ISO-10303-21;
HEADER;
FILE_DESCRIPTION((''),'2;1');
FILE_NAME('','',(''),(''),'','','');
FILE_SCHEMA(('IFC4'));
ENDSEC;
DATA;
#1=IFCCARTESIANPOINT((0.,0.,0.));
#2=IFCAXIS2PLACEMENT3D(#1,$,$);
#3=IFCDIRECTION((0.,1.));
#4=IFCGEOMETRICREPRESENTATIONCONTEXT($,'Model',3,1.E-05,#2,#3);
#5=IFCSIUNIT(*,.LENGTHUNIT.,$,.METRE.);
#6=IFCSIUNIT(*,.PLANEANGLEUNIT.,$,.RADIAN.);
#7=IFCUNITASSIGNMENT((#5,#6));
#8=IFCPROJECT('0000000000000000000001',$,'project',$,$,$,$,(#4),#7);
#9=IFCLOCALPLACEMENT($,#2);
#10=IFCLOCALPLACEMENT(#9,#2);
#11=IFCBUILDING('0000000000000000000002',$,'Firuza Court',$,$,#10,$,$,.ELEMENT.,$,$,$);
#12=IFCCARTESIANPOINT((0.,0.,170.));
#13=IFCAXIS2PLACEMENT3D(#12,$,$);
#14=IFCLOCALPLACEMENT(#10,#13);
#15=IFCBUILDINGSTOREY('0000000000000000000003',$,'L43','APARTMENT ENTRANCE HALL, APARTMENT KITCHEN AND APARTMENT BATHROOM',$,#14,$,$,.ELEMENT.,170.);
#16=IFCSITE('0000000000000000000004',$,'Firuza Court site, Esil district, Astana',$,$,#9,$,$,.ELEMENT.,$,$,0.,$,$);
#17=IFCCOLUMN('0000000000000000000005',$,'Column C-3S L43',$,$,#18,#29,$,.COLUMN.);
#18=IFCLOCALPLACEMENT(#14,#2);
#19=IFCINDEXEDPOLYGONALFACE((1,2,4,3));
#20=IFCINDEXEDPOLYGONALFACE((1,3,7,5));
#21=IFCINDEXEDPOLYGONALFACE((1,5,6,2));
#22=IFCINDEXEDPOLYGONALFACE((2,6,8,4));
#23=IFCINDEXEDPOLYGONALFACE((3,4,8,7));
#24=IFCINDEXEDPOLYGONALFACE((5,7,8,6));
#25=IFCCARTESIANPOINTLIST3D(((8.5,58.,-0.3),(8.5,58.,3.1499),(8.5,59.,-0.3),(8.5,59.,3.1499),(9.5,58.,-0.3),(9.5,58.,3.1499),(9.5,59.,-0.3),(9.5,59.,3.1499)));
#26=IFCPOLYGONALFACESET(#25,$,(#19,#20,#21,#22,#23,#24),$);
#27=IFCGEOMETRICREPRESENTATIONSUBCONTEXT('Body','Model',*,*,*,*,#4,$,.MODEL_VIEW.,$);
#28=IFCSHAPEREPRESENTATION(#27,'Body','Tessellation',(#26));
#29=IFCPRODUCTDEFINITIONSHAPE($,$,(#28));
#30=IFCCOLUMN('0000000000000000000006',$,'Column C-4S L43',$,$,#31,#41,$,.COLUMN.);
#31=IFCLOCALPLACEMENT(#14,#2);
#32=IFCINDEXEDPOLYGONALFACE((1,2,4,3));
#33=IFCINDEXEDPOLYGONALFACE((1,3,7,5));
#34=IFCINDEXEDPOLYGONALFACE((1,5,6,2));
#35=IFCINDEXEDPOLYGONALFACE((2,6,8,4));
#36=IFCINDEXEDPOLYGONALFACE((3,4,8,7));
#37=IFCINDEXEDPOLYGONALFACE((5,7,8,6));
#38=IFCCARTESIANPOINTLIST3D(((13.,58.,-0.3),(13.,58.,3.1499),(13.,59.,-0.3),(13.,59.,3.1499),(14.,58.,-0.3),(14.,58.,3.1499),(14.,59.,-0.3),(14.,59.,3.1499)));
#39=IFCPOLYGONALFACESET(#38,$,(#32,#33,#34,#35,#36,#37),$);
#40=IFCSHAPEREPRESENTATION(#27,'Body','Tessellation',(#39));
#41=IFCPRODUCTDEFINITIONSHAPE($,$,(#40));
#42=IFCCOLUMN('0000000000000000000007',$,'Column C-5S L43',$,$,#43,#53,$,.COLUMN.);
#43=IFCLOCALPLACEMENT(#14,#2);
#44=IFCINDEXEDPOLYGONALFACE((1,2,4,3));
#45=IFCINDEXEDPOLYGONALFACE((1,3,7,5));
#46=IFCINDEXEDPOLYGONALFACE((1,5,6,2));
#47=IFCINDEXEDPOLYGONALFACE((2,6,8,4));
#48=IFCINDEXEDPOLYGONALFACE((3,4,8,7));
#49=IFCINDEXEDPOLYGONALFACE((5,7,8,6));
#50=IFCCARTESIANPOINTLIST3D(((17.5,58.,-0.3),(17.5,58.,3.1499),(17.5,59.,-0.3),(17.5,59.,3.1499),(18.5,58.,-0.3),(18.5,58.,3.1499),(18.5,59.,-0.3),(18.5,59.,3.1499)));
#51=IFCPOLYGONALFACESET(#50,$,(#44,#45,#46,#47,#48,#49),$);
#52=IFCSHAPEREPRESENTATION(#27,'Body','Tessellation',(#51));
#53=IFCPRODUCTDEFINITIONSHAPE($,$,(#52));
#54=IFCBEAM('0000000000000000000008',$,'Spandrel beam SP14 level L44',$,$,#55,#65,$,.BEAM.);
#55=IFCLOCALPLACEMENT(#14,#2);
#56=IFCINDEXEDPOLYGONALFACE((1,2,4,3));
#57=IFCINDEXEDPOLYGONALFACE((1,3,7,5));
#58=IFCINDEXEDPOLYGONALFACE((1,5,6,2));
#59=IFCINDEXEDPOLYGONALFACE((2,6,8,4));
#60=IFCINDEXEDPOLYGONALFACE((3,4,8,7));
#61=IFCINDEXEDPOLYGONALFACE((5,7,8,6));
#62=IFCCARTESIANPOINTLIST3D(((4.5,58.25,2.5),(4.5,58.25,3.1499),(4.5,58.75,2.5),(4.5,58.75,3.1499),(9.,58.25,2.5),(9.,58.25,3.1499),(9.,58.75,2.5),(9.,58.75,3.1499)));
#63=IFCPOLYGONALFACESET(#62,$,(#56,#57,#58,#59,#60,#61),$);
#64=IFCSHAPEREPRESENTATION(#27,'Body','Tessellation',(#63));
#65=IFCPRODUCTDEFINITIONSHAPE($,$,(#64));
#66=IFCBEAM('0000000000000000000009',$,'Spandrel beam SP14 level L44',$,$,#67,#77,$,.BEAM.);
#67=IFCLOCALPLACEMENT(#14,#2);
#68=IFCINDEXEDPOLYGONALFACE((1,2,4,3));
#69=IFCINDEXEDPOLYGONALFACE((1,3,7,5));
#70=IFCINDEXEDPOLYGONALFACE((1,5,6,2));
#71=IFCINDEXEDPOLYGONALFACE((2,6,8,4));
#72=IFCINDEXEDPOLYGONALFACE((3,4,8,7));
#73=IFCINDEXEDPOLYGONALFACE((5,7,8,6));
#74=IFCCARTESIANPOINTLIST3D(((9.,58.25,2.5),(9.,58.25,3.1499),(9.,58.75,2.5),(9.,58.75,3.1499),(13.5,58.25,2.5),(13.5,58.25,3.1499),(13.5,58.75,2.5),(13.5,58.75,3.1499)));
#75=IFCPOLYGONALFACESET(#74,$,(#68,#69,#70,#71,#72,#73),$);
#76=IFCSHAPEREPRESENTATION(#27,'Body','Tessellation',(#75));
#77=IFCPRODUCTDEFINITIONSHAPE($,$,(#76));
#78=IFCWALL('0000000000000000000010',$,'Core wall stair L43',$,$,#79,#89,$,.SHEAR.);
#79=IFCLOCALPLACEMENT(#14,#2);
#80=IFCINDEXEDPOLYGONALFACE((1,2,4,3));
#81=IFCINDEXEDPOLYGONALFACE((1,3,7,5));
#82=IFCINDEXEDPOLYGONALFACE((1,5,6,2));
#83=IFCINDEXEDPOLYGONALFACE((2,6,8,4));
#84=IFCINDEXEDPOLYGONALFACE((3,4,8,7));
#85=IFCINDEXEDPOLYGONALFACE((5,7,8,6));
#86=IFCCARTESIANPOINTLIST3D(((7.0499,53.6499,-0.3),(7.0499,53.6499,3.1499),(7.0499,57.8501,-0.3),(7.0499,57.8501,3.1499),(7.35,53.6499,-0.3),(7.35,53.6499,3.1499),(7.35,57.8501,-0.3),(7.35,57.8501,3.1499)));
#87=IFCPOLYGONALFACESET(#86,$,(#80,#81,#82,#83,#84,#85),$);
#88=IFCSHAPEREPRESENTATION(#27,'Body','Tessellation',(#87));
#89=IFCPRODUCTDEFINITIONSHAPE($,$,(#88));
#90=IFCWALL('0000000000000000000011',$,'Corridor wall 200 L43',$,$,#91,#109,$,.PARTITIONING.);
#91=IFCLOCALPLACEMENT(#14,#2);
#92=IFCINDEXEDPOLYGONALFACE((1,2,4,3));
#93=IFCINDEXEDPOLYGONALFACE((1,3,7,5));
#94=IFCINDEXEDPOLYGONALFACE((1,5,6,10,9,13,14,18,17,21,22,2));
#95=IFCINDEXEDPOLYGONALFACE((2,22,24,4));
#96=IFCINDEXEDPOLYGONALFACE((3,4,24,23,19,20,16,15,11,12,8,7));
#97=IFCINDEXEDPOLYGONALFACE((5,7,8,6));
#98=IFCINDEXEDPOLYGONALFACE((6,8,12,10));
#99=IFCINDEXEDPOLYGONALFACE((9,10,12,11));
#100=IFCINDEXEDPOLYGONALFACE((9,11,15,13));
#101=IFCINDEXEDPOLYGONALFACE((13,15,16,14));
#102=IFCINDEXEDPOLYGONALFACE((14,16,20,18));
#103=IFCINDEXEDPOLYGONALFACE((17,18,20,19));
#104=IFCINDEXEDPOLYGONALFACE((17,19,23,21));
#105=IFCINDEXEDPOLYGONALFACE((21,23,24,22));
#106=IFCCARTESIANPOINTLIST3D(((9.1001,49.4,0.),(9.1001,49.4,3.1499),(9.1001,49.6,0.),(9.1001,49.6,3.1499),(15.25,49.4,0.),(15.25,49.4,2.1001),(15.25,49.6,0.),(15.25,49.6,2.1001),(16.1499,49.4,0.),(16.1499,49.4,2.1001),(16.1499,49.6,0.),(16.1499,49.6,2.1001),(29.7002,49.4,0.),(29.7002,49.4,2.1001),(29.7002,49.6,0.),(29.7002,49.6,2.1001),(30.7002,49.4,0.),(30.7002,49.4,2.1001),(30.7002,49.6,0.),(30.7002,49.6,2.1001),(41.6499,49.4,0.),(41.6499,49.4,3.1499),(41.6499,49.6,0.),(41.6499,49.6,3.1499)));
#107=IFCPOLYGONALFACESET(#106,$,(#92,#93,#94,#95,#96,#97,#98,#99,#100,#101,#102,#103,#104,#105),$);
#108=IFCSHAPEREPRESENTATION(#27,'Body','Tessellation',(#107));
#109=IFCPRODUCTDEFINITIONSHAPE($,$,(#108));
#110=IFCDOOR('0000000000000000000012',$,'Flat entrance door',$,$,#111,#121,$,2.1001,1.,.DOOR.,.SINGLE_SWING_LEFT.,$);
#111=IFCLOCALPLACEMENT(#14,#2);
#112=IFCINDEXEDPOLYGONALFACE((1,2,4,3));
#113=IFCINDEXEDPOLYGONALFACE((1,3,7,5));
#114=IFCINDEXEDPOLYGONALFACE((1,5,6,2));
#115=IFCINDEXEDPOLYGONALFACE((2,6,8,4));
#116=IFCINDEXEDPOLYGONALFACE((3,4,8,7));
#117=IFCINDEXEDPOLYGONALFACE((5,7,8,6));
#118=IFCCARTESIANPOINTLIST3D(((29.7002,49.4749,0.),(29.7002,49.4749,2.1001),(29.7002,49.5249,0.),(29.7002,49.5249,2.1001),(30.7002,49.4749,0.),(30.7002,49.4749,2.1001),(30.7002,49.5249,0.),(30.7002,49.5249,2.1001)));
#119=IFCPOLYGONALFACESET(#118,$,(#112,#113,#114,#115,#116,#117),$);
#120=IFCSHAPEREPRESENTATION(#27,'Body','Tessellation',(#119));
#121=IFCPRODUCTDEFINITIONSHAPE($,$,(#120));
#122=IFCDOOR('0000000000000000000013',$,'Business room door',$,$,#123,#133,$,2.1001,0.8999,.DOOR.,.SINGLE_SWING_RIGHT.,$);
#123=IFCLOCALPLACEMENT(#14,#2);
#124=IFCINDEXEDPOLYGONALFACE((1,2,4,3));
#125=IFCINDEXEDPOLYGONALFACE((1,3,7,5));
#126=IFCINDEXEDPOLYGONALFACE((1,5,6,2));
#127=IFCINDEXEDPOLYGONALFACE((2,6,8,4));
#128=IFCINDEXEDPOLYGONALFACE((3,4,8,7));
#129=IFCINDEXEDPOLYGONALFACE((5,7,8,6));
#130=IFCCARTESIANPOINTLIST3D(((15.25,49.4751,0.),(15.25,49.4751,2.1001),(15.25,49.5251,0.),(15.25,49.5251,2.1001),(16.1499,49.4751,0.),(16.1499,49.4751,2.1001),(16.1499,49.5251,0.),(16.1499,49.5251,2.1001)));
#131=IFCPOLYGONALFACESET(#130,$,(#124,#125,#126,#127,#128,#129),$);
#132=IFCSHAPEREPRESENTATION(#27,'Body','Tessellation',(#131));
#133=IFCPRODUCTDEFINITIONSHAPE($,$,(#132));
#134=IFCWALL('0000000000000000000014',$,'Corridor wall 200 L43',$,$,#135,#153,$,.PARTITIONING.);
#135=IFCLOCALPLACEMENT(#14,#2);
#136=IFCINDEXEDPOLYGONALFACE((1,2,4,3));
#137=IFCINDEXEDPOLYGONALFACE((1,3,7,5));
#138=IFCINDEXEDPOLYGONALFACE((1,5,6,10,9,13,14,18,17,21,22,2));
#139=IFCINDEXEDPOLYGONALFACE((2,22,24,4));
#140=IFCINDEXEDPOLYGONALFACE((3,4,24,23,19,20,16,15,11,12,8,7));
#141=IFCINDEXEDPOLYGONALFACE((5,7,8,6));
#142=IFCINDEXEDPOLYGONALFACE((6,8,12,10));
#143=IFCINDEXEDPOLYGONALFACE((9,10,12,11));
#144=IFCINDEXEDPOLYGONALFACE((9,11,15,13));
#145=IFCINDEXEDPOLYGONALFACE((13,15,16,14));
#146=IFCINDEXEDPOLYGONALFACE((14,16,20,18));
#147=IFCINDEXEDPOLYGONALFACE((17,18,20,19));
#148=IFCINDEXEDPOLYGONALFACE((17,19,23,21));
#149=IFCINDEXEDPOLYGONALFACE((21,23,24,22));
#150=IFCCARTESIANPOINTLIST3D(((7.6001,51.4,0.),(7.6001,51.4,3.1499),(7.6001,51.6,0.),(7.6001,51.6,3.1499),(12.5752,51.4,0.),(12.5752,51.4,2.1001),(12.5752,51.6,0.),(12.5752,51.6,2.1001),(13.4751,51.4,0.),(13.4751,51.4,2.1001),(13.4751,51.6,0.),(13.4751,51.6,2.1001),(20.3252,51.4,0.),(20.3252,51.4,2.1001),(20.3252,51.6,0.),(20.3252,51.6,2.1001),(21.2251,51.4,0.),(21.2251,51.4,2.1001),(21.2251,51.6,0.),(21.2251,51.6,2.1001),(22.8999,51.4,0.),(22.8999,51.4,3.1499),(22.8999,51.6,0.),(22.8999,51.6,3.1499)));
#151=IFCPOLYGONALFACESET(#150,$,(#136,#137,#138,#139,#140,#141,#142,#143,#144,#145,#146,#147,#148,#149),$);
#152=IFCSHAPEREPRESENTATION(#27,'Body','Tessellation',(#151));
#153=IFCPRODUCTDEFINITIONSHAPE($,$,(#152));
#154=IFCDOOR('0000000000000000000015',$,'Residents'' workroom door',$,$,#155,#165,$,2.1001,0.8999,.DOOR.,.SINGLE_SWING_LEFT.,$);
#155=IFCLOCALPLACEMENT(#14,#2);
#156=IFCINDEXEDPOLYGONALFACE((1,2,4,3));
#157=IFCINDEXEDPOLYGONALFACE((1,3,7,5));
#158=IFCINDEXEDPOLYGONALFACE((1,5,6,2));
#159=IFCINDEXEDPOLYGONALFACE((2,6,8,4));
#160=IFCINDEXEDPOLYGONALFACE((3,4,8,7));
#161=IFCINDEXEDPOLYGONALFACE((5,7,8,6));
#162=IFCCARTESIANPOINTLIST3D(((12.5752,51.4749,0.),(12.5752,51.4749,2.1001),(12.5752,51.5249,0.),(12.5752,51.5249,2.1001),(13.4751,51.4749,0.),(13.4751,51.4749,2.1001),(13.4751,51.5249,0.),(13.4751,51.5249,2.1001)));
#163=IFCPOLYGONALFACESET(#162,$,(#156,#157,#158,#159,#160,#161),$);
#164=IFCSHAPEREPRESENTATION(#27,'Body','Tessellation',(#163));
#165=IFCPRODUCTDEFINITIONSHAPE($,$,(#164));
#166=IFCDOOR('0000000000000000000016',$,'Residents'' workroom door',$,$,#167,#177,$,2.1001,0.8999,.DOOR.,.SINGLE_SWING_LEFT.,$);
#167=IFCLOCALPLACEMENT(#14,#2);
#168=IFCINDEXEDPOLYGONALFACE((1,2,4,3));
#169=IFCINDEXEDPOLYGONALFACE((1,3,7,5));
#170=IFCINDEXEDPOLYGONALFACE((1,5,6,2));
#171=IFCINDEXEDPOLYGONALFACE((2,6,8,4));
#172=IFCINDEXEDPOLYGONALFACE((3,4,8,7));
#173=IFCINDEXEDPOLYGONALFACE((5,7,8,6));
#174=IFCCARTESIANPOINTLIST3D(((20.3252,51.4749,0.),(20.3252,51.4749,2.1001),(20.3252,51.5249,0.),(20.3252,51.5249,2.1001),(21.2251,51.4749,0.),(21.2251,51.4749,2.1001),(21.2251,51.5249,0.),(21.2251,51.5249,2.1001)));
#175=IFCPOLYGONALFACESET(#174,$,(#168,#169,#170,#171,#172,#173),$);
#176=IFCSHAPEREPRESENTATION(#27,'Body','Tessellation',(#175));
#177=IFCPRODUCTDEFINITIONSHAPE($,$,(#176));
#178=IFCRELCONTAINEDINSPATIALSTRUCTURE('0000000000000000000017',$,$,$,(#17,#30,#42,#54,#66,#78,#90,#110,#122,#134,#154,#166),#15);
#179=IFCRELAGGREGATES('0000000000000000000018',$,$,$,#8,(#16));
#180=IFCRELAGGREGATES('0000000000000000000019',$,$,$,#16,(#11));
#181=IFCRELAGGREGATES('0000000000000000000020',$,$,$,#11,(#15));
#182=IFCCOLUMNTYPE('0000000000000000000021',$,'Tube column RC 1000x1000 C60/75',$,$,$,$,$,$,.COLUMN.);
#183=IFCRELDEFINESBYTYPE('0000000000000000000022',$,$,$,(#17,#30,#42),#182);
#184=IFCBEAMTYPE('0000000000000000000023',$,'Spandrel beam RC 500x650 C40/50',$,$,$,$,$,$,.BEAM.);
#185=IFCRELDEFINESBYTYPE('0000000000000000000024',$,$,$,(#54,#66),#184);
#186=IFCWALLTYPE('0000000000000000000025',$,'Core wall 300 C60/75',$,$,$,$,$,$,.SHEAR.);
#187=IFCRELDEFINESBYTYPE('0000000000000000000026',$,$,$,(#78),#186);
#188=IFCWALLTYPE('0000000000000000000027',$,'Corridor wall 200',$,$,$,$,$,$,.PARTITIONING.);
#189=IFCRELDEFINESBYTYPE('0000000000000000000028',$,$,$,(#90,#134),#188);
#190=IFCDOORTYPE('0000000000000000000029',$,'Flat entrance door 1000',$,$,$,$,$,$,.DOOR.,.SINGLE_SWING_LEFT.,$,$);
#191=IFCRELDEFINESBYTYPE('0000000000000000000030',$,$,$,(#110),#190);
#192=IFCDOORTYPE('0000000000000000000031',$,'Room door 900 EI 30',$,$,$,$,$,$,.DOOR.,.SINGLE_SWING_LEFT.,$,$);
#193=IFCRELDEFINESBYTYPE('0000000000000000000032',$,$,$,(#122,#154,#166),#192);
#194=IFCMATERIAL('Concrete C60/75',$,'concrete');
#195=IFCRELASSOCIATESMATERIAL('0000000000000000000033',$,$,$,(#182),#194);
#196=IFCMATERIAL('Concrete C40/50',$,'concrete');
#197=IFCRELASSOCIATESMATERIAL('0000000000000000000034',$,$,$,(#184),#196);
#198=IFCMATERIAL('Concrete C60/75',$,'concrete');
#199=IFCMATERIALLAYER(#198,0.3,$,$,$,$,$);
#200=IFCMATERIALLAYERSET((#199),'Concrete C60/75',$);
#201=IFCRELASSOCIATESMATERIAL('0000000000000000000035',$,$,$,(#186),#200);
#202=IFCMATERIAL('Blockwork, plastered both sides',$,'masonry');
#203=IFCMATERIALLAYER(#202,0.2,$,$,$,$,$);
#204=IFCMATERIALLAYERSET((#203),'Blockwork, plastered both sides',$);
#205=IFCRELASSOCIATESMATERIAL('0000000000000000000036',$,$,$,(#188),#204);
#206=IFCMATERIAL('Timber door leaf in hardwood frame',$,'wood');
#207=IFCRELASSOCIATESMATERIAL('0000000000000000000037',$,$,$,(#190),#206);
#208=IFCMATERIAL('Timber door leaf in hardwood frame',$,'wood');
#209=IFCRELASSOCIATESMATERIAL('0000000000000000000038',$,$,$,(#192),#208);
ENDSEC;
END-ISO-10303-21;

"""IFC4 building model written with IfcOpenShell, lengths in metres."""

from ifc_helpers import new_model, si_unit, direction, frame, frame_2d, origin, origin_2d, place, context, subcontext, project, spatial, rectangle, extrude, material, layer, layer_set, material_profile, profile_set, type_object, element, fill, save


model = new_model("IFC4")

# Units and contexts
model_context = context("Model", 3, precision=1e-05, world=origin(), true_north=direction((0.0, 1.0)))
body_context = subcontext(model_context, "Body", "Model", "MODEL_VIEW")
ifc_project = project(units=[si_unit("LENGTHUNIT", "METRE"), si_unit("PLANEANGLEUNIT", "RADIAN")], contexts=[model_context])

# Site, building, storey
site_placement = place(None, origin())
site = spatial("IfcSite", under=ifc_project, at=site_placement, Name="Firuza Court site, Esil district, Astana", CompositionType="ELEMENT", RefElevation=0.0)
building_placement = place(site_placement, origin())
building = spatial("IfcBuilding", under=site, at=building_placement, Name="Firuza Court", CompositionType="ELEMENT")
storey_placement = place(building_placement, frame((0.0, 0.0, 170.0)))
storey = spatial("IfcBuildingStorey", under=building, at=storey_placement, Name="L43", Description="APARTMENT ENTRANCE HALL, APARTMENT KITCHEN AND APARTMENT BATHROOM", CompositionType="ELEMENT", Elevation=170.0)

# Columns
ifc_material_1 = material(Name="Concrete C60/75", Category="concrete")
ifc_material_profile_1 = material_profile(ifc_material_1, rectangle(XDim=1.0, YDim=1.0, at=origin_2d()), Name="RC 1000x1000")
ifc_profile_set_1 = profile_set([ifc_material_profile_1], Name="Concrete C60/75")
column_type = type_object("IfcColumnType", Name="Tube column RC 1000x1000 C60/75", PredefinedType="COLUMN", material=ifc_profile_set_1)
for number, where, z_axis, x_axis, name in (
    (1, (9.0, 58.5, -0.3), (0.0, 0.0, 1.0), (1.0, 0.0, 0.0), "Column C-3S L43"),
    (2, (13.5, 58.5, -0.3), (0.0, 0.0, 1.0), (1.0, 0.0, 0.0), "Column C-4S L43"),
    (3, (18.0, 58.5, -0.3), (0.0, 0.0, 1.0), (1.0, 0.0, 0.0), "Column C-5S L43"),
):
    element("IfcColumn", number, at=place(storey_placement, frame(where, z_axis=z_axis, x_axis=x_axis)), inside=storey, type_object=column_type, Name=name, PredefinedType="COLUMN", context=body_context, shape_type="SweptSolid", body=[
        extrude(rectangle(XDim=1.0, YDim=1.0, at=origin_2d()), origin(), (0.0, 0.0, 1.0), 3.45),
    ])

# Beams
ifc_material_2 = material(Name="Concrete C40/50", Category="concrete")
ifc_material_profile_2 = material_profile(ifc_material_2, rectangle(XDim=0.5, YDim=0.6499, at=origin_2d()), Name="RC 500x650")
ifc_profile_set_2 = profile_set([ifc_material_profile_2], Name="Concrete C40/50")
beam_type = type_object("IfcBeamType", Name="Spandrel beam RC 500x650 C40/50", PredefinedType="BEAM", material=ifc_profile_set_2)
for number, where, z_axis, x_axis, name in (
    (4, (9.0, 58.5, 2.825), (-1.0, 0.0, 0.0), (0.0, -1.0, 0.0), "Spandrel beam SP14 level L44"),
    (5, (13.5, 58.5, 2.825), (-1.0, 0.0, 0.0), (0.0, -1.0, 0.0), "Spandrel beam SP14 level L44"),
):
    element("IfcBeam", number, at=place(storey_placement, frame(where, z_axis=z_axis, x_axis=x_axis)), inside=storey, type_object=beam_type, Name=name, PredefinedType="BEAM", context=body_context, shape_type="SweptSolid", body=[
        extrude(rectangle(XDim=0.5, YDim=0.6499, at=origin_2d()), origin(), (0.0, 0.0, 1.0), 4.5),
    ])

# Wall
ifc_material_3 = material(Name="Concrete C60/75", Category="concrete")
ifc_layer_1 = layer(ifc_material_3, 0.3)
ifc_layer_set_1 = layer_set([ifc_layer_1], Name="Concrete C60/75")
wall_type_1 = type_object("IfcWallType", Name="Core wall 300 C60/75", PredefinedType="SHEAR", material=ifc_layer_set_1)
wall_1_placement = place(storey_placement, frame((7.2, 53.6499, -0.3), z_axis=(0.0, 0.0, 1.0), x_axis=(0.0, 1.0, 0.0)))
element("IfcWall", 6, at=wall_1_placement, inside=storey, type_object=wall_type_1, Name="Core wall stair L43", PredefinedType="SHEAR", context=body_context, shape_type="SweptSolid", body=[
    extrude(rectangle(XDim=4.2002, YDim=0.3, at=frame_2d((2.1001, 0.0))), origin(), (0.0, 0.0, 1.0), 3.45),
])

# Walls, openings, doors
ifc_material_4 = material(Name="Blockwork, plastered both sides", Category="masonry")
ifc_layer_2 = layer(ifc_material_4, 0.2)
ifc_layer_set_2 = layer_set([ifc_layer_2], Name="Blockwork, plastered both sides")
wall_type_2 = type_object("IfcWallType", Name="Corridor wall 200", PredefinedType="PARTITIONING", material=ifc_layer_set_2)
wall_2_placement = place(storey_placement, frame((9.1001, 49.5, 0.0), z_axis=(0.0, 0.0, 1.0), x_axis=(1.0, 0.0, 0.0)))
wall_2 = element("IfcWall", 7, at=wall_2_placement, inside=storey, type_object=wall_type_2, Name="Corridor wall 200 L43", PredefinedType="PARTITIONING", context=body_context, shape_type="SweptSolid", body=[
    extrude(rectangle(XDim=32.5498, YDim=0.2, at=frame_2d((16.2749, 0.0))), origin(), (0.0, 0.0, 1.0), 3.1499),
])
opening_1_placement = place(wall_2_placement, frame((20.6001, 0.0, 0.0)))
opening_1 = element("IfcOpeningElement", 8, at=opening_1_placement, cuts=wall_2, PredefinedType="OPENING", context=body_context, shape_type="SweptSolid", body=[
    extrude(rectangle(XDim=1.0, YDim=2.1001, at=frame_2d((0.5, 1.05))), frame((0.0, 0.1118, 0.0), z_axis=(0.0, -1.0, 0.0), x_axis=(1.0, 0.0, 0.0)), (0.0, 0.0, 1.0), 0.2239),
])
opening_2_placement = place(wall_2_placement, frame((6.1499, 0.0, 0.0)))
opening_2 = element("IfcOpeningElement", 9, at=opening_2_placement, cuts=wall_2, PredefinedType="OPENING", context=body_context, shape_type="SweptSolid", body=[
    extrude(rectangle(XDim=0.8999, YDim=2.1001, at=frame_2d((0.45, 1.05))), frame((0.0, 0.1118, 0.0), z_axis=(0.0, -1.0, 0.0), x_axis=(1.0, 0.0, 0.0)), (0.0, 0.0, 1.0), 0.2239),
])
ifc_material_5 = material(Name="Timber door leaf in hardwood frame", Category="wood")
door_type_1 = type_object("IfcDoorType", Name="Flat entrance door 1000", OperationType="SINGLE_SWING_LEFT", PredefinedType="DOOR", material=ifc_material_5)
door_1_placement = place(opening_1_placement, origin())
door_1 = element("IfcDoor", 10, at=door_1_placement, inside=storey, type_object=door_type_1, Name="Flat entrance door", OperationType="SINGLE_SWING_LEFT", OverallHeight=2.1001, OverallWidth=1.0, PredefinedType="DOOR", context=body_context, shape_type="SweptSolid", body=[
    extrude(rectangle(XDim=1.0, YDim=2.1001, at=frame_2d((0.5, 1.05))), frame((0.0, 0.0249, 0.0), z_axis=(0.0, -1.0, 0.0), x_axis=(1.0, 0.0, 0.0)), (0.0, 0.0, 1.0), 0.05),
])
fill(opening_1, door_1)
ifc_material_6 = material(Name="Timber door leaf in hardwood frame", Category="wood")
door_type_2 = type_object("IfcDoorType", Name="Room door 900 EI 30", OperationType="SINGLE_SWING_LEFT", PredefinedType="DOOR", material=ifc_material_6)
door_2_placement = place(opening_2_placement, frame((0.8999, 0.0, 0.0), z_axis=(0.0, 0.0, 1.0), x_axis=(-1.0, 0.0, 0.0)))
door_2 = element("IfcDoor", 11, at=door_2_placement, inside=storey, type_object=door_type_2, Name="Business room door", OperationType="SINGLE_SWING_RIGHT", OverallHeight=2.1001, OverallWidth=0.8999, PredefinedType="DOOR", context=body_context, shape_type="SweptSolid", body=[
    extrude(rectangle(XDim=0.8999, YDim=2.1001, at=frame_2d((0.45, 1.05))), frame((0.0, 0.0249, 0.0), z_axis=(0.0, -1.0, 0.0), x_axis=(1.0, 0.0, 0.0)), (0.0, 0.0, 1.0), 0.05),
])
fill(opening_2, door_2)
wall_3_placement = place(storey_placement, frame((7.6001, 51.5, 0.0), z_axis=(0.0, 0.0, 1.0), x_axis=(1.0, 0.0, 0.0)))
wall_3 = element("IfcWall", 12, at=wall_3_placement, inside=storey, type_object=wall_type_2, Name="Corridor wall 200 L43", PredefinedType="PARTITIONING", context=body_context, shape_type="SweptSolid", body=[
    extrude(rectangle(XDim=15.2998, YDim=0.2, at=frame_2d((7.6499, 0.0))), origin(), (0.0, 0.0, 1.0), 3.1499),
])
opening_3_placement = place(wall_3_placement, frame((4.9751, 0.0, 0.0)))
opening_3 = element("IfcOpeningElement", 13, at=opening_3_placement, cuts=wall_3, PredefinedType="OPENING", context=body_context, shape_type="SweptSolid", body=[
    extrude(rectangle(XDim=0.8999, YDim=2.1001, at=frame_2d((0.45, 1.05))), frame((0.0, 0.1118, 0.0), z_axis=(0.0, -1.0, 0.0), x_axis=(1.0, 0.0, 0.0)), (0.0, 0.0, 1.0), 0.2239),
])
opening_4_placement = place(wall_3_placement, frame((12.7251, 0.0, 0.0)))
opening_4 = element("IfcOpeningElement", 14, at=opening_4_placement, cuts=wall_3, PredefinedType="OPENING", context=body_context, shape_type="SweptSolid", body=[
    extrude(rectangle(XDim=0.8999, YDim=2.1001, at=frame_2d((0.45, 1.05))), frame((0.0, 0.1118, 0.0), z_axis=(0.0, -1.0, 0.0), x_axis=(1.0, 0.0, 0.0)), (0.0, 0.0, 1.0), 0.2239),
])
door_3_placement = place(opening_3_placement, origin())
door_3 = element("IfcDoor", 15, at=door_3_placement, inside=storey, type_object=door_type_2, Name="Residents' workroom door", OperationType="SINGLE_SWING_LEFT", OverallHeight=2.1001, OverallWidth=0.8999, PredefinedType="DOOR", context=body_context, shape_type="SweptSolid", body=[
    extrude(rectangle(XDim=0.8999, YDim=2.1001, at=frame_2d((0.45, 1.05))), frame((0.0, 0.0249, 0.0), z_axis=(0.0, -1.0, 0.0), x_axis=(1.0, 0.0, 0.0)), (0.0, 0.0, 1.0), 0.05),
])
fill(opening_3, door_3)
door_4_placement = place(opening_4_placement, origin())
door_4 = element("IfcDoor", 16, at=door_4_placement, inside=storey, type_object=door_type_2, Name="Residents' workroom door", OperationType="SINGLE_SWING_LEFT", OverallHeight=2.1001, OverallWidth=0.8999, PredefinedType="DOOR", context=body_context, shape_type="SweptSolid", body=[
    extrude(rectangle(XDim=0.8999, YDim=2.1001, at=frame_2d((0.45, 1.05))), frame((0.0, 0.0249, 0.0), z_axis=(0.0, -1.0, 0.0), x_axis=(1.0, 0.0, 0.0)), (0.0, 0.0, 1.0), 0.05),
])
fill(opening_4, door_4)

save(model, "model.ifc")
